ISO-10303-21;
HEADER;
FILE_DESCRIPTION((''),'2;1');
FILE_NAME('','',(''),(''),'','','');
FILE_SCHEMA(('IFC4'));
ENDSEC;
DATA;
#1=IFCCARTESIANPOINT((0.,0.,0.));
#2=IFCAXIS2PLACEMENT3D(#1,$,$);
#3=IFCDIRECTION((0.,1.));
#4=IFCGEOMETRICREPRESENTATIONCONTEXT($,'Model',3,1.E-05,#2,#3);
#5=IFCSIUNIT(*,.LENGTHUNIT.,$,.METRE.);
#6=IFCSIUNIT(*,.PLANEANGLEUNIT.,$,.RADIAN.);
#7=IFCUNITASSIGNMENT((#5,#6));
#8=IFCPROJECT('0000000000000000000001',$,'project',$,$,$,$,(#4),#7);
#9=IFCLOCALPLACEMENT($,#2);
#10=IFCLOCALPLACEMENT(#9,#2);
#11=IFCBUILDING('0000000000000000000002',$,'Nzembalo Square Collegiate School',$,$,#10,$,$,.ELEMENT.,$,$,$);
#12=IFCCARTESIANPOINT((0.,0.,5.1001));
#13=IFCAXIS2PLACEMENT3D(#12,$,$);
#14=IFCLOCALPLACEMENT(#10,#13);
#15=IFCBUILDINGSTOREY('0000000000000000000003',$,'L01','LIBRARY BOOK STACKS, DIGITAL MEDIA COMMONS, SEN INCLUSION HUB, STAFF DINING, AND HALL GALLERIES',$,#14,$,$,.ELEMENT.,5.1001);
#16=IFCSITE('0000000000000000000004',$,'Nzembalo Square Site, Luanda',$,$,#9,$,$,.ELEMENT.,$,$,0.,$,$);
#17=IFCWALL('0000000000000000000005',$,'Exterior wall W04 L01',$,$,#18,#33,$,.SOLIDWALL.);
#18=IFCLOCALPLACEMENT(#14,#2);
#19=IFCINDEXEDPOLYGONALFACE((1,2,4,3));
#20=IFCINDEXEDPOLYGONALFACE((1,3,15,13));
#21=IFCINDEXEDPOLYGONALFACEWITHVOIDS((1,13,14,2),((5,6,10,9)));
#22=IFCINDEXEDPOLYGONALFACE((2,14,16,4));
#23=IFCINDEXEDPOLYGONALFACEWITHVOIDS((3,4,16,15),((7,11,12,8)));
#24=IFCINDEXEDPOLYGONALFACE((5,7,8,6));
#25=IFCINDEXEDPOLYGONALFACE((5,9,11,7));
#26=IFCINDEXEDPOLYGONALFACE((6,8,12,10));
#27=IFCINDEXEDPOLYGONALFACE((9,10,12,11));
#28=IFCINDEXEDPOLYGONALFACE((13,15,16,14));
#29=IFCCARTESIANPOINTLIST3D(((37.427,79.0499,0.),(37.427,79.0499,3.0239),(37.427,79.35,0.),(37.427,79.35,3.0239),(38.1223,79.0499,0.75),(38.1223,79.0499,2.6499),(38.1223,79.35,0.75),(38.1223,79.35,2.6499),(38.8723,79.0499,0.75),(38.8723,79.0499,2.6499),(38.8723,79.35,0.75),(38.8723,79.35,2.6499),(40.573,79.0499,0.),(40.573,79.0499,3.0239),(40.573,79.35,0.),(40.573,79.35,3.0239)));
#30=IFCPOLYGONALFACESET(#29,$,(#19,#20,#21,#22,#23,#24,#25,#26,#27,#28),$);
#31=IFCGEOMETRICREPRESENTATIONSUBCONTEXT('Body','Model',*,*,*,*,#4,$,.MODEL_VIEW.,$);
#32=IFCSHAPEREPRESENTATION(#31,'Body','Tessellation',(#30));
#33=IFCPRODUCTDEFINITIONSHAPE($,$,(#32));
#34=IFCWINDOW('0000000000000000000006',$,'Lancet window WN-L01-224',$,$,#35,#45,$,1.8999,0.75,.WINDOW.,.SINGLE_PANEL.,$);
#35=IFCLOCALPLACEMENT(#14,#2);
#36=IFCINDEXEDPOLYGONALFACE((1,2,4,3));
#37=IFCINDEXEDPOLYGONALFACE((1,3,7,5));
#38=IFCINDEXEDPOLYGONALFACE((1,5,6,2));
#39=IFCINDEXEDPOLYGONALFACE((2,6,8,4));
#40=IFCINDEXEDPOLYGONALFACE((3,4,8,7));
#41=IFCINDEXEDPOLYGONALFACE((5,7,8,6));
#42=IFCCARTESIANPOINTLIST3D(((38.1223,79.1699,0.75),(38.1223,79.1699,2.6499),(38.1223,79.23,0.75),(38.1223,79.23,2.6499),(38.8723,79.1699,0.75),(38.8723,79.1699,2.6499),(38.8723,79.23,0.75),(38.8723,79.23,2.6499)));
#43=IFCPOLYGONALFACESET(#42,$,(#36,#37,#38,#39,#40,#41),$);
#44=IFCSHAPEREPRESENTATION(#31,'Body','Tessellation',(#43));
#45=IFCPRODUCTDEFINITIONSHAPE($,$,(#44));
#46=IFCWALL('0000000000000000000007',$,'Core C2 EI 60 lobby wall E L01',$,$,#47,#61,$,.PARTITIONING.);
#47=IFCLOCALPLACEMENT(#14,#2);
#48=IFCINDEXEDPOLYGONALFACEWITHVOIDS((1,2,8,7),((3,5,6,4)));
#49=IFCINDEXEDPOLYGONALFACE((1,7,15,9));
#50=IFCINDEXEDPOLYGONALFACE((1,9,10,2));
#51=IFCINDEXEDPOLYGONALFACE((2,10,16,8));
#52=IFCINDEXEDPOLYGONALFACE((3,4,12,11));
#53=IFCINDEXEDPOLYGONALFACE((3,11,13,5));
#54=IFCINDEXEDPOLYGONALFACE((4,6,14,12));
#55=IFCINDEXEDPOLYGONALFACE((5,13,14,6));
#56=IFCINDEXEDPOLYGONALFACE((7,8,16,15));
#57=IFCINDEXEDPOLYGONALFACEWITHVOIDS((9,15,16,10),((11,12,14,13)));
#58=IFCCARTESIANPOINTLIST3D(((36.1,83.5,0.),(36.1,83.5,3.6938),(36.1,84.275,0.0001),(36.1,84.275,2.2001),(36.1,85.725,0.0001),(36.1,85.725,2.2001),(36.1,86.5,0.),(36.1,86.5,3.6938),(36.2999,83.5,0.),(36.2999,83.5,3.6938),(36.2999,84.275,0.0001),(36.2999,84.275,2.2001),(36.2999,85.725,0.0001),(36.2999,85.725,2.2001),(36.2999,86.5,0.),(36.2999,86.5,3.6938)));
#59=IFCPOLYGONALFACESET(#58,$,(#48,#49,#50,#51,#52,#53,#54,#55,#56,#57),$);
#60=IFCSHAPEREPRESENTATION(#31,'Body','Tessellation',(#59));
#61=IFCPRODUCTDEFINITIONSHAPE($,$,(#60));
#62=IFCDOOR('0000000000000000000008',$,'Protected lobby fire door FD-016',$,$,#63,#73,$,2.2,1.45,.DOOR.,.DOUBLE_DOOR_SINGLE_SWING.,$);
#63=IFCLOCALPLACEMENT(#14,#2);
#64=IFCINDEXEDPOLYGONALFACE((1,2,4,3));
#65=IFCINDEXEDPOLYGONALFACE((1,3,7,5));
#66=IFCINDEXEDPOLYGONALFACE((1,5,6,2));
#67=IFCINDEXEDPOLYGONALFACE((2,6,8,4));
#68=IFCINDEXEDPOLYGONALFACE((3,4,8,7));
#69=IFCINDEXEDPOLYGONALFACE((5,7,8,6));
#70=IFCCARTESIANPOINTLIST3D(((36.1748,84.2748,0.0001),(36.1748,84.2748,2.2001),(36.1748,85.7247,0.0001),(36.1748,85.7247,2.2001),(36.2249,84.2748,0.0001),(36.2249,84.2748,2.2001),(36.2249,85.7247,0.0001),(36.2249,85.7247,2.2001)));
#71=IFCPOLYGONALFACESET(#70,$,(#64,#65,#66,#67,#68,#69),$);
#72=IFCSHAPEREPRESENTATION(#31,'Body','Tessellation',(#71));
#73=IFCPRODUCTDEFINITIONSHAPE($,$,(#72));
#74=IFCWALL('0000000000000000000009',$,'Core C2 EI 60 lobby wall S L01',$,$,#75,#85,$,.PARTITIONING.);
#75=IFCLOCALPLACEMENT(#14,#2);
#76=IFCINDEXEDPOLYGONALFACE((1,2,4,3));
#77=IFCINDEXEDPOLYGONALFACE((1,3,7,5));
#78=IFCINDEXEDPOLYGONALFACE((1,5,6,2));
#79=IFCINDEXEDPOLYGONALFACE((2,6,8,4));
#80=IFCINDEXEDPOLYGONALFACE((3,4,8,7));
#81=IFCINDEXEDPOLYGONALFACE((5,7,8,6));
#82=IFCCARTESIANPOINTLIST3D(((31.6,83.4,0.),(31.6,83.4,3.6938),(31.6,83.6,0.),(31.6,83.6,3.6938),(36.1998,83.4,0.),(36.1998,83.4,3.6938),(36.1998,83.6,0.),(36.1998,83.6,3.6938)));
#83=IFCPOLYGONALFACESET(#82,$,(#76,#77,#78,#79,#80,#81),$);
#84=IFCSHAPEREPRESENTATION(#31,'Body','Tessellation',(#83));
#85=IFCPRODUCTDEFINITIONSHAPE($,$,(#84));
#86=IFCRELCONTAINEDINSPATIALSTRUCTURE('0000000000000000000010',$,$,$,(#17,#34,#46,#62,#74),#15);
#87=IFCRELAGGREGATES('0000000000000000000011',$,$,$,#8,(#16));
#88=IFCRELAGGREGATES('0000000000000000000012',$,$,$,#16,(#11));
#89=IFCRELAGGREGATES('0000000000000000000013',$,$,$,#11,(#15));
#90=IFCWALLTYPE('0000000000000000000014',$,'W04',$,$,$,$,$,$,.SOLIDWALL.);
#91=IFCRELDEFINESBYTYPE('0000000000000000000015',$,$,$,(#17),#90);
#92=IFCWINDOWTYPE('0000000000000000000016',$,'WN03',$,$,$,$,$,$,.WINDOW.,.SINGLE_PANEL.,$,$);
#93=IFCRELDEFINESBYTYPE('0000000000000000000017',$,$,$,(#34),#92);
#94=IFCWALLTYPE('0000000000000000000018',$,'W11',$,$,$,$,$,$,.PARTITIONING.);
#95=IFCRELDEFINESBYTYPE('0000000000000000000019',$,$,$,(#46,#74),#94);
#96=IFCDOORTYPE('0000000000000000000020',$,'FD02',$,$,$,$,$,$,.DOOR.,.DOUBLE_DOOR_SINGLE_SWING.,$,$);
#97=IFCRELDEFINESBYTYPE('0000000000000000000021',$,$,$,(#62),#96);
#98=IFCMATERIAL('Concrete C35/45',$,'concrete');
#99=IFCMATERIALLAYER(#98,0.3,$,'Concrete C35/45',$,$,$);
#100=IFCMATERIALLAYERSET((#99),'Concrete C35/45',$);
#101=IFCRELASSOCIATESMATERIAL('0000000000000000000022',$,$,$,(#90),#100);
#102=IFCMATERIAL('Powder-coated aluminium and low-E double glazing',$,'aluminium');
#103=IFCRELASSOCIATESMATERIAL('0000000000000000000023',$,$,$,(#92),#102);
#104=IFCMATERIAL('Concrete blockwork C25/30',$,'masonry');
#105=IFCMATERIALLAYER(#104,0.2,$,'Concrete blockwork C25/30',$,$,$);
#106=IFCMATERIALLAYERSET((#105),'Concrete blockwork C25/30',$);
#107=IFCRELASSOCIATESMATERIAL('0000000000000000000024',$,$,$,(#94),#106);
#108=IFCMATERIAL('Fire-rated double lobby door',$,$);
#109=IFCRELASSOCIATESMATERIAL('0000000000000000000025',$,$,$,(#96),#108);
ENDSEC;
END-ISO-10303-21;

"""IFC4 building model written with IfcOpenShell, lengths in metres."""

from ifc_helpers import new_model, si_unit, direction, frame, frame_2d, origin, place, context, subcontext, project, spatial, rectangle, extrude, material, layer, layer_set, type_object, element, fill, save


model = new_model("IFC4")

# Units and contexts
model_context = context("Model", 3, precision=1e-05, world=origin(), true_north=direction((0.0, 1.0)))
body_context = subcontext(model_context, "Body", "Model", "MODEL_VIEW")
ifc_project = project(units=[si_unit("LENGTHUNIT", "METRE"), si_unit("PLANEANGLEUNIT", "RADIAN")], contexts=[model_context])

# Site, building, storey
site_placement = place(None, origin())
site = spatial("IfcSite", under=ifc_project, at=site_placement, Name="Nzembalo Square Site, Luanda", CompositionType="ELEMENT", RefElevation=0.0)
building_placement = place(site_placement, origin())
building = spatial("IfcBuilding", under=site, at=building_placement, Name="Nzembalo Square Collegiate School", CompositionType="ELEMENT")
storey_placement = place(building_placement, frame((0.0, 0.0, 5.1001)))
storey = spatial("IfcBuildingStorey", under=building, at=storey_placement, Name="L01", Description="LIBRARY BOOK STACKS, DIGITAL MEDIA COMMONS, SEN INCLUSION HUB, STAFF DINING, AND HALL GALLERIES", CompositionType="ELEMENT", Elevation=5.1001)

# Wall, opening, window
ifc_material_1 = material(Name="Concrete C35/45", Category="concrete")
ifc_layer_1 = layer(ifc_material_1, 0.3, Name="Concrete C35/45")
ifc_layer_set_1 = layer_set([ifc_layer_1], Name="Concrete C35/45")
wall_type_1 = type_object("IfcWallType", Name="W04", PredefinedType="SOLIDWALL", material=ifc_layer_set_1)
wall_1_placement = place(storey_placement, frame((37.427, 79.2, 0.0), z_axis=(0.0, 0.0, 1.0), x_axis=(1.0, 0.0, 0.0)))
wall_1 = element("IfcWall", 1, at=wall_1_placement, inside=storey, type_object=wall_type_1, Name="Exterior wall W04 L01", PredefinedType="SOLIDWALL", context=body_context, shape_type="SweptSolid", body=[
    extrude(rectangle(XDim=3.146, YDim=0.3, at=frame_2d((1.573, 0.0))), origin(), (0.0, 0.0, 1.0), 3.0239),
])
opening_1_placement = place(wall_1_placement, frame((0.6953, 0.0, 0.75)))
opening_1 = element("IfcOpeningElement", 2, at=opening_1_placement, cuts=wall_1, PredefinedType="OPENING", context=body_context, shape_type="SweptSolid", body=[
    extrude(rectangle(XDim=0.75, YDim=1.8999, at=frame_2d((0.375, 0.95))), frame((0.0, 0.1602, 0.0), z_axis=(0.0, -1.0, 0.0), x_axis=(1.0, 0.0, 0.0)), (0.0, 0.0, 1.0), 0.3201),
])
ifc_material_2 = material(Name="Powder-coated aluminium and low-E double glazing", Category="aluminium")
window_type = type_object("IfcWindowType", Name="WN03", PartitioningType="SINGLE_PANEL", PredefinedType="WINDOW", material=ifc_material_2)
window_placement = place(opening_1_placement, origin())
window = element("IfcWindow", 3, at=window_placement, inside=storey, type_object=window_type, Name="Lancet window WN-L01-224", OverallHeight=1.8999, OverallWidth=0.75, PartitioningType="SINGLE_PANEL", PredefinedType="WINDOW", context=body_context, shape_type="SweptSolid", body=[
    extrude(rectangle(XDim=0.75, YDim=1.8999, at=frame_2d((0.375, 0.95))), frame((0.0, 0.03, 0.0), z_axis=(0.0, -1.0, 0.0), x_axis=(1.0, 0.0, 0.0)), (0.0, 0.0, 1.0), 0.0601),
])
fill(opening_1, window)

# Wall, opening, door
ifc_material_3 = material(Name="Concrete blockwork C25/30", Category="masonry")
ifc_layer_2 = layer(ifc_material_3, 0.2, Name="Concrete blockwork C25/30")
ifc_layer_set_2 = layer_set([ifc_layer_2], Name="Concrete blockwork C25/30")
wall_type_2 = type_object("IfcWallType", Name="W11", PredefinedType="PARTITIONING", material=ifc_layer_set_2)
wall_2_placement = place(storey_placement, frame((36.2, 83.5, 0.0), z_axis=(0.0, 0.0, 1.0), x_axis=(0.0, 1.0, 0.0)))
wall_2 = element("IfcWall", 4, at=wall_2_placement, inside=storey, type_object=wall_type_2, Name="Core C2 EI 60 lobby wall E L01", PredefinedType="PARTITIONING", context=body_context, shape_type="SweptSolid", body=[
    extrude(rectangle(XDim=3.0, YDim=0.2, at=frame_2d((1.5, 0.0))), origin(), (0.0, 0.0, 1.0), 3.6938),
])
opening_2_placement = place(wall_2_placement, frame((0.7749, 0.0, 0.0)))
opening_2 = element("IfcOpeningElement", 5, at=opening_2_placement, cuts=wall_2, PredefinedType="OPENING", context=body_context, shape_type="SweptSolid", body=[
    extrude(rectangle(XDim=1.45, YDim=2.2, at=frame_2d((0.7251, 1.1001))), frame((0.0, 0.1099, 0.0), z_axis=(0.0, -1.0, 0.0), x_axis=(1.0, 0.0, 0.0)), (0.0, 0.0, 1.0), 0.22),
])
ifc_material_4 = material(Name="Fire-rated double lobby door")
door_type_1 = type_object("IfcDoorType", Name="FD02", OperationType="DOUBLE_DOOR_SINGLE_SWING", PredefinedType="DOOR", material=ifc_material_4)
door_1_placement = place(opening_2_placement, frame((1.45, 0.0, 0.0), z_axis=(0.0, 0.0, 1.0), x_axis=(-1.0, 0.0, 0.0)))
door_1 = element("IfcDoor", 6, at=door_1_placement, inside=storey, type_object=door_type_1, Name="Protected lobby fire door FD-016", OperationType="DOUBLE_DOOR_SINGLE_SWING", OverallHeight=2.2, OverallWidth=1.45, PredefinedType="DOOR", context=body_context, shape_type="SweptSolid", body=[
    extrude(rectangle(XDim=1.45, YDim=2.2, at=frame_2d((0.7251, 1.1001))), frame((0.0, 0.0249, 0.0), z_axis=(0.0, -1.0, 0.0), x_axis=(1.0, 0.0, 0.0)), (0.0, 0.0, 1.0), 0.05),
])
fill(opening_2, door_1)

# Wall
wall_3_placement = place(storey_placement, frame((31.6001, 83.5, 0.0), z_axis=(0.0, 0.0, 1.0), x_axis=(1.0, 0.0, 0.0)))
element("IfcWall", 7, at=wall_3_placement, inside=storey, type_object=wall_type_2, Name="Core C2 EI 60 lobby wall S L01", PredefinedType="PARTITIONING", context=body_context, shape_type="SweptSolid", body=[
    extrude(rectangle(XDim=4.5999, YDim=0.2, at=frame_2d((2.2998, 0.0))), origin(), (0.0, 0.0, 1.0), 3.6938),
])

save(model, "model.ifc")
